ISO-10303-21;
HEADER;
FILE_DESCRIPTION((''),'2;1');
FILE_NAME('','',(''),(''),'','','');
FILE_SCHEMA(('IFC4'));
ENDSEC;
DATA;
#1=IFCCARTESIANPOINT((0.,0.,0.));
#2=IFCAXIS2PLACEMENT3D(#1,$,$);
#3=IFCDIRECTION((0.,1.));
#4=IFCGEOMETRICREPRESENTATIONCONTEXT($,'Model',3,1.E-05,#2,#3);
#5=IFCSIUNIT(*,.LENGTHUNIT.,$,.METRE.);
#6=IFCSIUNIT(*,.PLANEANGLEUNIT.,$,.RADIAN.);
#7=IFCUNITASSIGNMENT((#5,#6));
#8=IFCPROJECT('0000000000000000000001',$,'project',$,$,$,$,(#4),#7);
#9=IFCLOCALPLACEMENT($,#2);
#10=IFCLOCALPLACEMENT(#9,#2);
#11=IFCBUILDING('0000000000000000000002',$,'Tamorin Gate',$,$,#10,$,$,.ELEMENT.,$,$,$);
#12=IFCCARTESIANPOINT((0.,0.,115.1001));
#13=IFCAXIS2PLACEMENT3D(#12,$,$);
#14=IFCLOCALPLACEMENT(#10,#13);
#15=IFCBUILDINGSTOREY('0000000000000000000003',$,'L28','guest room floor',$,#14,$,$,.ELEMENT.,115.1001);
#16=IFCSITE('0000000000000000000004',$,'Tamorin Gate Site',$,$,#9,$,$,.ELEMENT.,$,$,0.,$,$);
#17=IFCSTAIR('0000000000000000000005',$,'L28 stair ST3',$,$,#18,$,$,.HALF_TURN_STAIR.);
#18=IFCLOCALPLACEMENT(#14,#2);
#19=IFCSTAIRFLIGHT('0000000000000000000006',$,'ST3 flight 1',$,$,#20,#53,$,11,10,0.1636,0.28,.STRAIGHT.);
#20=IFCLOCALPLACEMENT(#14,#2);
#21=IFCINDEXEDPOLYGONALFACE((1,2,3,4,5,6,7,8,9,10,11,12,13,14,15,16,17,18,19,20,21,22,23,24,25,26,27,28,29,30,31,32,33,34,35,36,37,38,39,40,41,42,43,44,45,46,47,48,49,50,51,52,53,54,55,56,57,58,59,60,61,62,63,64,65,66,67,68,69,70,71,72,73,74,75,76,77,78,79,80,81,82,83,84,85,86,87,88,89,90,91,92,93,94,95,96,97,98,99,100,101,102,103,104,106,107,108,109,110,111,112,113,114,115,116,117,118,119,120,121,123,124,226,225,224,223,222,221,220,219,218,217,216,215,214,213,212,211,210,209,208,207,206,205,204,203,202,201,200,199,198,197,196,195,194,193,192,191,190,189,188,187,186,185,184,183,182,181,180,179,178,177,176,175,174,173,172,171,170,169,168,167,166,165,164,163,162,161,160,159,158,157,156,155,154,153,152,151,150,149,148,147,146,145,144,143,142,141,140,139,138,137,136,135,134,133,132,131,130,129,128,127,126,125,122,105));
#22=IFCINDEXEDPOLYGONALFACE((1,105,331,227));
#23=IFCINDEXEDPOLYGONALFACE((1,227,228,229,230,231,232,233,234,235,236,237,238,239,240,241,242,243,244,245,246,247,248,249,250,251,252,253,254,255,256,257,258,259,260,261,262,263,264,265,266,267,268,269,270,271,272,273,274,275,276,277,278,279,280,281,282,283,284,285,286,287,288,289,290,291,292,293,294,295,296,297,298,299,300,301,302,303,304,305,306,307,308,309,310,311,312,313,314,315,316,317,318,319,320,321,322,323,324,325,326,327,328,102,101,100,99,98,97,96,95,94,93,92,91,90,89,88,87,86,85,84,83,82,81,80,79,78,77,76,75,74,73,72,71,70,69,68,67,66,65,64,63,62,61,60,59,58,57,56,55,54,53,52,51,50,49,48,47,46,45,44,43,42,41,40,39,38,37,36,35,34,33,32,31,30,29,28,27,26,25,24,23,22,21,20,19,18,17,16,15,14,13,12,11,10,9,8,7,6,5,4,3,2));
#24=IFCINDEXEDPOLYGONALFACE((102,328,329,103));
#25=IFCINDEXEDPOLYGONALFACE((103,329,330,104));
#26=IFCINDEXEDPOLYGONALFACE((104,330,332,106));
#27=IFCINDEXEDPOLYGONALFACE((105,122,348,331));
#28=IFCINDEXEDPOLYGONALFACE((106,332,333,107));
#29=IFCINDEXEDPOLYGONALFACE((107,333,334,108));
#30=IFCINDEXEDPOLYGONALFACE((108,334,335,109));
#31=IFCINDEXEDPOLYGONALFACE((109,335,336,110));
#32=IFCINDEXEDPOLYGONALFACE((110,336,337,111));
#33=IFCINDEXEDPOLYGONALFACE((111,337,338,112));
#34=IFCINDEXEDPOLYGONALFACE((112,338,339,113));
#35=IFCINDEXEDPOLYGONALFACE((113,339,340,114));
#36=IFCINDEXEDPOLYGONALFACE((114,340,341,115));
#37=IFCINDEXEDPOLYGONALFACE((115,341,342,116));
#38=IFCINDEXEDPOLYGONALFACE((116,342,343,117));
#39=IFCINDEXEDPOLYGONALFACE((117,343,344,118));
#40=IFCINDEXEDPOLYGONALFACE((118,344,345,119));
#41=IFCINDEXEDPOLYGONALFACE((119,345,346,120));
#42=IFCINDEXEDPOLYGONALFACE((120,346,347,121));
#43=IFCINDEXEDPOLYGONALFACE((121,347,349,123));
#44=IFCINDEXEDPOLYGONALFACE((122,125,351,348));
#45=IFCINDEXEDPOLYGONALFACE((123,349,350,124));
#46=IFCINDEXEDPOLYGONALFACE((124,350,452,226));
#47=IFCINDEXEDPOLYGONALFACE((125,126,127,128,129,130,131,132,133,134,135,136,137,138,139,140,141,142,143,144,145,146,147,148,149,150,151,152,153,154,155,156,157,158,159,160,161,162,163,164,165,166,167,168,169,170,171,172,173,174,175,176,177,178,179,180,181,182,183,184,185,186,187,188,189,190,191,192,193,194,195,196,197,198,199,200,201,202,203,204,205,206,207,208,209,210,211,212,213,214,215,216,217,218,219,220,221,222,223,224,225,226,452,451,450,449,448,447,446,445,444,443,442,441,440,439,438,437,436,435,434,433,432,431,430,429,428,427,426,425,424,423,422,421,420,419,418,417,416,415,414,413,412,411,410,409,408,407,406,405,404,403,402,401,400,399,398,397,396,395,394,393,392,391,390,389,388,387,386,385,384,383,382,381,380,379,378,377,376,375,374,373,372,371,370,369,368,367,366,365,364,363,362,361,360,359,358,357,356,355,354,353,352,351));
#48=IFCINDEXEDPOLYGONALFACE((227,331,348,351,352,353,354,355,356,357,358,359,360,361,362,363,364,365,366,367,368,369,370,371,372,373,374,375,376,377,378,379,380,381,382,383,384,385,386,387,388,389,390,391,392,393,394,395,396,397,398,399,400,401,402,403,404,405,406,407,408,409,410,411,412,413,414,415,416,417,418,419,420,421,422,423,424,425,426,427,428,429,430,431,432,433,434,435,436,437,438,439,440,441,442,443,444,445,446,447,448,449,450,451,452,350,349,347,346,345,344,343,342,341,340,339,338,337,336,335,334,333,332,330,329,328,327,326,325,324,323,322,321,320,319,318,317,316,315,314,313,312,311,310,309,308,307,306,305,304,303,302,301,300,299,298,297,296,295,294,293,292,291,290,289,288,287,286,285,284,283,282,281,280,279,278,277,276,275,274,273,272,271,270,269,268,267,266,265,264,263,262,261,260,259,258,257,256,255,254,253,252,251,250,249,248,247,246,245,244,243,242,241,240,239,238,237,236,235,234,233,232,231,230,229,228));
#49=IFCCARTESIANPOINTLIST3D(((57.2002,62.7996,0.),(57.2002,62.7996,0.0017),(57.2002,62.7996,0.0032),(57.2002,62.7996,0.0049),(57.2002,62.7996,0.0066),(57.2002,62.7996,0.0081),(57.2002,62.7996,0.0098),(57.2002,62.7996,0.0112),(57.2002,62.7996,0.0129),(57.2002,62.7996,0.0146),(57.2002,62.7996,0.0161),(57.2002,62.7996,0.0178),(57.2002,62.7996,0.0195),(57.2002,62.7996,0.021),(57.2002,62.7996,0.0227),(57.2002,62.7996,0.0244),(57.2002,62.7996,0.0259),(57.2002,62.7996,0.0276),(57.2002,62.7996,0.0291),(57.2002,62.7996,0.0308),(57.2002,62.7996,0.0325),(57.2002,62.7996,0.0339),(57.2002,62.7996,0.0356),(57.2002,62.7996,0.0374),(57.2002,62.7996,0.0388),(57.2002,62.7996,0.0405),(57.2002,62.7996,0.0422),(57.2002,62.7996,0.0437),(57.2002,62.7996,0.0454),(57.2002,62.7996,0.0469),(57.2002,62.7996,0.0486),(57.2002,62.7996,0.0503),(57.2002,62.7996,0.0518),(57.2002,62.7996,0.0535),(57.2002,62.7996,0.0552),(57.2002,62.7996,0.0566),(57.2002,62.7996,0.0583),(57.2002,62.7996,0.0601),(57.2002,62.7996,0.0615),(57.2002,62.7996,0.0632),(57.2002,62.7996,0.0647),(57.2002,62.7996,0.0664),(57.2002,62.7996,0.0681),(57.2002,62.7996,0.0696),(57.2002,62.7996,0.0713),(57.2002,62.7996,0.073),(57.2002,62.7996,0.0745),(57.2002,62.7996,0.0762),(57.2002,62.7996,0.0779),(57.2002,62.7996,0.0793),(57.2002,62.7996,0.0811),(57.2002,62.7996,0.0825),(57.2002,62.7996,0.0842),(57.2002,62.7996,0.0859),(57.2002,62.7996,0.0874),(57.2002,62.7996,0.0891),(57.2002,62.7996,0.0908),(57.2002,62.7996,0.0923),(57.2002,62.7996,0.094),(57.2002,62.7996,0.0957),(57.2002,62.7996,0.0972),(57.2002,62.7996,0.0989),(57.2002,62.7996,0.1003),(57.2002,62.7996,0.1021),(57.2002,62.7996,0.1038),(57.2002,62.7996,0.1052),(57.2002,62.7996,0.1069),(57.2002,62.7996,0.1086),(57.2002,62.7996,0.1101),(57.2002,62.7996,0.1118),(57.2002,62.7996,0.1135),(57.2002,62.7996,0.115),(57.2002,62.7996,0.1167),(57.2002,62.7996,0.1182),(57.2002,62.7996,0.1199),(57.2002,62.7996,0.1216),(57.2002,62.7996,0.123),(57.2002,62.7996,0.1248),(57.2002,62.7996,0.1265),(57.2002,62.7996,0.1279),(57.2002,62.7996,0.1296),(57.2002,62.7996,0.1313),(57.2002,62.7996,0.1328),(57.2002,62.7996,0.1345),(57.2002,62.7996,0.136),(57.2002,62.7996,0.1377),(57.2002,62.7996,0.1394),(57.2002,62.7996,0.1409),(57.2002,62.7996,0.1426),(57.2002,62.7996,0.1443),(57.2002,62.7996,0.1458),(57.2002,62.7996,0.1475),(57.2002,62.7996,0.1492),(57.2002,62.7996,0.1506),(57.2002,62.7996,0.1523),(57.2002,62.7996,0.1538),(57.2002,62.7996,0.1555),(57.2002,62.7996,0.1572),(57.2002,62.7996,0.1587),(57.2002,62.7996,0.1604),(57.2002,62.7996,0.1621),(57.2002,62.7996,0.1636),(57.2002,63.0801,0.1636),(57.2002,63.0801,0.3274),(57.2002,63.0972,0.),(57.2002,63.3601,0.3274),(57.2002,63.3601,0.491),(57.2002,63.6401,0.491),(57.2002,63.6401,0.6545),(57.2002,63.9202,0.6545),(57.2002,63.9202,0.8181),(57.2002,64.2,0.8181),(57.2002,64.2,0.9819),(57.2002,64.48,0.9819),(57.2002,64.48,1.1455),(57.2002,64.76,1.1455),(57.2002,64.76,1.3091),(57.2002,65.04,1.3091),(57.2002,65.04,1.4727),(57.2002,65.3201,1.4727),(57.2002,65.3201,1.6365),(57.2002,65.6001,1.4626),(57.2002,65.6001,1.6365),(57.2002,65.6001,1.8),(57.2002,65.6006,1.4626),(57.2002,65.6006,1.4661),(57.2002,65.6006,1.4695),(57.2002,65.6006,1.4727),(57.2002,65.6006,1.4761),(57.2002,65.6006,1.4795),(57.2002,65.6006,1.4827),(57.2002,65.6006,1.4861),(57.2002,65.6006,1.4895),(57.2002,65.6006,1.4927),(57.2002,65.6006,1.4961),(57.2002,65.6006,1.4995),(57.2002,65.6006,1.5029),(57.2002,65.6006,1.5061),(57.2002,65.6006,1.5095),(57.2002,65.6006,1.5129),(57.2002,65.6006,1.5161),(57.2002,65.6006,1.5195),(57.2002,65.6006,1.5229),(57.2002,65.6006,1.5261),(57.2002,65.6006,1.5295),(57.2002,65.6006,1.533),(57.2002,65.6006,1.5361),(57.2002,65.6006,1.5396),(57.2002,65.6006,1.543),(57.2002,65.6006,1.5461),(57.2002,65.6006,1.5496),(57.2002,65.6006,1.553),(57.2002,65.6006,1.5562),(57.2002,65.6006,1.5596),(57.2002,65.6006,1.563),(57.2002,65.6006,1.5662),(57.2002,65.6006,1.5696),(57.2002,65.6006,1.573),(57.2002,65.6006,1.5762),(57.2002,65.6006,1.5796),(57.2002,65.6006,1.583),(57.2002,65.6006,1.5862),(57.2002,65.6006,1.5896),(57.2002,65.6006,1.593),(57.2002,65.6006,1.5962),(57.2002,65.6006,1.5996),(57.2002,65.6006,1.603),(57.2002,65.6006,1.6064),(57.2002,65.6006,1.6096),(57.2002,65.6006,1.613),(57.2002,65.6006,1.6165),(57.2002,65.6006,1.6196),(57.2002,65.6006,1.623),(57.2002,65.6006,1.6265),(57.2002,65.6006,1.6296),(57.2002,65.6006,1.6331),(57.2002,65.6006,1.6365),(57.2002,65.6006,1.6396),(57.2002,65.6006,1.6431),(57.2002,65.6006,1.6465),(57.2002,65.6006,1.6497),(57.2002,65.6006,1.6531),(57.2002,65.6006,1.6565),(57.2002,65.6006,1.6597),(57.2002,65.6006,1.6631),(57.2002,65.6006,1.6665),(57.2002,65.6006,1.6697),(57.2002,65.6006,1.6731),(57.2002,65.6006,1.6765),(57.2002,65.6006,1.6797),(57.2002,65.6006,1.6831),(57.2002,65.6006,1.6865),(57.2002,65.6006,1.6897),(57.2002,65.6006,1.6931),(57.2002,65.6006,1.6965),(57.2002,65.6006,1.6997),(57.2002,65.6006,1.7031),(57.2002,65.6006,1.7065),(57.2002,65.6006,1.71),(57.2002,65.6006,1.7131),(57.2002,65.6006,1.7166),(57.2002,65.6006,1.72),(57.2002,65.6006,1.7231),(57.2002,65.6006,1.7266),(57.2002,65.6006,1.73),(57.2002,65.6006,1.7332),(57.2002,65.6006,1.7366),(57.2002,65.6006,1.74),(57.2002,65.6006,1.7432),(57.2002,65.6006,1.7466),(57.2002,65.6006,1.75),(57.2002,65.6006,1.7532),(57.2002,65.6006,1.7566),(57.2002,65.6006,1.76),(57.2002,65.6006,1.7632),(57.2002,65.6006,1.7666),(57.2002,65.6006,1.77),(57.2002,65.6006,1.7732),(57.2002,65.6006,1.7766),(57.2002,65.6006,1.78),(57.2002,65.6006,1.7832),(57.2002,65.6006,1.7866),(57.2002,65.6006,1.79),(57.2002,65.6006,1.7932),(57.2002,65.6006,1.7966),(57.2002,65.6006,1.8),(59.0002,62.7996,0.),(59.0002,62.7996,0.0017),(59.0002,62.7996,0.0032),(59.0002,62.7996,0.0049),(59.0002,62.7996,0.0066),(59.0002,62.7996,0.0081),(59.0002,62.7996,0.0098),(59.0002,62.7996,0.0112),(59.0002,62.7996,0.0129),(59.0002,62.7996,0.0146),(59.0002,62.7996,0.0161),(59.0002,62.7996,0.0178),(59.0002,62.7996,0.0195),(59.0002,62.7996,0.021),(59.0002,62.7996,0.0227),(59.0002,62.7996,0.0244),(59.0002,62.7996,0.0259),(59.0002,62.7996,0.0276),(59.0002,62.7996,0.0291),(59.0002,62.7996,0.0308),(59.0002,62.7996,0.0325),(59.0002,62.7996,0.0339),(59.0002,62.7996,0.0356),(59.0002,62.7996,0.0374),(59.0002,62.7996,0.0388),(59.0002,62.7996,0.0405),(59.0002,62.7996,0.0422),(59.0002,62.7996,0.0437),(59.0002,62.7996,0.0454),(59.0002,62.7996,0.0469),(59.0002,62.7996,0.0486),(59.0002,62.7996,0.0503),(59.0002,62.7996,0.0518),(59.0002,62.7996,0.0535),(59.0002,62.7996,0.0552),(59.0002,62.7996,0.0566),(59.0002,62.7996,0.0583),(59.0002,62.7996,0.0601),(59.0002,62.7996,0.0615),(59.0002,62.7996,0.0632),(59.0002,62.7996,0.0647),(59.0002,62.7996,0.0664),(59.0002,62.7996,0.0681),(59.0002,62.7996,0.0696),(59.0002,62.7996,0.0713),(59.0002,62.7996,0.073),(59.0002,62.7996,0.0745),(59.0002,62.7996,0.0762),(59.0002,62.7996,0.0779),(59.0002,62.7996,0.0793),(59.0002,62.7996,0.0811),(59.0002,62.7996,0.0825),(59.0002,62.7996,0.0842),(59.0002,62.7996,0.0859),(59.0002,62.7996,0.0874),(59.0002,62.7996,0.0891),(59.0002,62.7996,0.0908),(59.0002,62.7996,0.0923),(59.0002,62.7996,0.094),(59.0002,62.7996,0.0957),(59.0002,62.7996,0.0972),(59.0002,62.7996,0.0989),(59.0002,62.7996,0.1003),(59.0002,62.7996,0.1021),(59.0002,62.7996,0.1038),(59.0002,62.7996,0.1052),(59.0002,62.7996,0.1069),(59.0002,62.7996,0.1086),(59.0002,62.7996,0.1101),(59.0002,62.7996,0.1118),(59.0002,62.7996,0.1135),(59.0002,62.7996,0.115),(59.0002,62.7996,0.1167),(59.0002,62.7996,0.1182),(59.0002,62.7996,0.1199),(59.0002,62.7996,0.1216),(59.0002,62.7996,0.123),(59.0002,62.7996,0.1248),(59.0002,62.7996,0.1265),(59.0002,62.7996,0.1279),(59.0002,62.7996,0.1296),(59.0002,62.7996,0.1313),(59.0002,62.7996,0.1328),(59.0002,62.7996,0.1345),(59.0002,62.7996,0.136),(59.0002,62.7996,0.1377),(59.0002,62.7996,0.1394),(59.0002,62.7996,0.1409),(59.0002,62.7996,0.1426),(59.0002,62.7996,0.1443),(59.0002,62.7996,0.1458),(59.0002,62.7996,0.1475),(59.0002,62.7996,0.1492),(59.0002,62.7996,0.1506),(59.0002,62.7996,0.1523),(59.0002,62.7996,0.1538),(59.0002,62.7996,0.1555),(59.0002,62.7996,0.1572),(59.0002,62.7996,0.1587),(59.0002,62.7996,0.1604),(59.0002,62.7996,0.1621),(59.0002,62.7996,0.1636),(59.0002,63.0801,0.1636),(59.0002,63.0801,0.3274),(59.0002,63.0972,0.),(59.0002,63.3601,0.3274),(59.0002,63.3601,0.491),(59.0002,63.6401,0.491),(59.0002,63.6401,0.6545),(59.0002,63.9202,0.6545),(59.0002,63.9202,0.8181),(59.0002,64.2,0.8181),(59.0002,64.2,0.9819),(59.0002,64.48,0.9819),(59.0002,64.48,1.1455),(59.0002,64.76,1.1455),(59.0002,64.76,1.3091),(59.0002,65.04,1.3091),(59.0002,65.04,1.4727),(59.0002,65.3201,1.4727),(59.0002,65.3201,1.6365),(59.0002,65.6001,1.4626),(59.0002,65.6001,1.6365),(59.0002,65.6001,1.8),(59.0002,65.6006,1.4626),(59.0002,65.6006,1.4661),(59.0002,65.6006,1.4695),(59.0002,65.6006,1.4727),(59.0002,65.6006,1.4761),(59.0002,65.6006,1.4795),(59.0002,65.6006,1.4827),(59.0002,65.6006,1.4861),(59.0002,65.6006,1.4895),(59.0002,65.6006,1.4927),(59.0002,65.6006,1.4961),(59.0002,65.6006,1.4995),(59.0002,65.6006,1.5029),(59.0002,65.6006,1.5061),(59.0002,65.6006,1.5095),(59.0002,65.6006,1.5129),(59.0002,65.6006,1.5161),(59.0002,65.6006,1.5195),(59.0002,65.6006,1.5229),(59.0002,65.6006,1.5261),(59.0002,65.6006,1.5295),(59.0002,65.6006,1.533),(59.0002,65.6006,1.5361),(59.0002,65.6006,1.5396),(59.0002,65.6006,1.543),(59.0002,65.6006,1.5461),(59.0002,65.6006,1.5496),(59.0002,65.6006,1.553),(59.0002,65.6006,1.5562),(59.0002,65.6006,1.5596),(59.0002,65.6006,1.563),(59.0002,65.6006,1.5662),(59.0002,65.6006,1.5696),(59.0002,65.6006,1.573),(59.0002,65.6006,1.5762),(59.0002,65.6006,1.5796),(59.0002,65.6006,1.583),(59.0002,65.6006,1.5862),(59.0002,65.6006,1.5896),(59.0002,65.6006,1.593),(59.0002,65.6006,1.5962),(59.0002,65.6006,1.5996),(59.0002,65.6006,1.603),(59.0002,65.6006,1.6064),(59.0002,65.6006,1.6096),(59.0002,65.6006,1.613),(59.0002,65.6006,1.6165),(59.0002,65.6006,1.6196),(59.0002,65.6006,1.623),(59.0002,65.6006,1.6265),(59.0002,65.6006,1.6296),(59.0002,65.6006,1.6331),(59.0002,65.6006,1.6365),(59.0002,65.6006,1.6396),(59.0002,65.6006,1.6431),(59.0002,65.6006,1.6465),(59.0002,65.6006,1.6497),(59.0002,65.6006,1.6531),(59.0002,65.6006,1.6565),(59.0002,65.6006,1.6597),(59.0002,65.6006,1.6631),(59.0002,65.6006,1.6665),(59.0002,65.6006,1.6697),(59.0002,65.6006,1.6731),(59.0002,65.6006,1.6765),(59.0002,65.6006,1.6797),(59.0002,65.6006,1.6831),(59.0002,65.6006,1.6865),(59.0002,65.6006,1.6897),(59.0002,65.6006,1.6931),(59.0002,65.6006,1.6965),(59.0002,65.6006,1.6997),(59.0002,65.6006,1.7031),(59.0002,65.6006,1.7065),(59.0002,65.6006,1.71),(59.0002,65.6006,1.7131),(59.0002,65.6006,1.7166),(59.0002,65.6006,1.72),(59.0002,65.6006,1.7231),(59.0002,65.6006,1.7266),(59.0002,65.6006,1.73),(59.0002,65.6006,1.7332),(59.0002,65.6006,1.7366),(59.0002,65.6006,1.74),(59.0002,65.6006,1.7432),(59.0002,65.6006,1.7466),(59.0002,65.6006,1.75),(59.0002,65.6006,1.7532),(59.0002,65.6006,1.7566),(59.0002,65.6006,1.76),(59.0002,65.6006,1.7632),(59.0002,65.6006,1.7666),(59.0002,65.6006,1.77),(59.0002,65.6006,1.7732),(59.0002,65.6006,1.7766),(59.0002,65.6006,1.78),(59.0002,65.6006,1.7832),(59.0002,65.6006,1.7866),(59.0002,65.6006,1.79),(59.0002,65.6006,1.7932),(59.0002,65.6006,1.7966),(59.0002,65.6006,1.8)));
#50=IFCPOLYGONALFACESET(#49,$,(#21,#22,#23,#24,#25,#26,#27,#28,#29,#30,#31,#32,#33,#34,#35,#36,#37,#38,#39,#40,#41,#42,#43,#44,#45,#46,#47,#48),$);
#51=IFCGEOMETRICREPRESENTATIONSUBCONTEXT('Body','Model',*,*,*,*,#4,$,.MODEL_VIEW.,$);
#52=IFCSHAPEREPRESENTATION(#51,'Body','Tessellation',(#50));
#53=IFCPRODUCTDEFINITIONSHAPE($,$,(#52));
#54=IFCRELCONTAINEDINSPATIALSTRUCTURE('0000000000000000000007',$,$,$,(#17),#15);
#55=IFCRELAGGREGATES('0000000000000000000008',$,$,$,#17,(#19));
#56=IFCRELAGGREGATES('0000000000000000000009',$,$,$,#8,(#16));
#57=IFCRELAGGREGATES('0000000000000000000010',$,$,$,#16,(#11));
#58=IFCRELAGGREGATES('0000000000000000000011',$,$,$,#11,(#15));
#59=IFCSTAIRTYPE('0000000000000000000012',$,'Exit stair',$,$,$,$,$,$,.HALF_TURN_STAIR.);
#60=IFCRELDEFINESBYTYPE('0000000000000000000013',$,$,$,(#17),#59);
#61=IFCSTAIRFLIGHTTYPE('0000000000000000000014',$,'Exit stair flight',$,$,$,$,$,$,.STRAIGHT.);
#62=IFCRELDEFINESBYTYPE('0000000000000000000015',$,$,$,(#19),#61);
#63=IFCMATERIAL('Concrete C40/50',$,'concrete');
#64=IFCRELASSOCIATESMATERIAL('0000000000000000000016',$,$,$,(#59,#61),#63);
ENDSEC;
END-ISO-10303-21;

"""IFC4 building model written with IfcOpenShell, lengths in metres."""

from ifc_helpers import new_model, si_unit, direction, frame, origin, place, context, subcontext, project, spatial, polyline, outline, extrude, material, type_object, element, aggregate, save


model = new_model("IFC4")

# Units and contexts
model_context = context("Model", 3, precision=1e-05, world=origin(), true_north=direction((0.0, 1.0)))
body_context = subcontext(model_context, "Body", "Model", "MODEL_VIEW")
ifc_project = project(units=[si_unit("LENGTHUNIT", "METRE"), si_unit("PLANEANGLEUNIT", "RADIAN")], contexts=[model_context])

# Site, building, storey
site_placement = place(None, origin())
site = spatial("IfcSite", under=ifc_project, at=site_placement, Name="Tamorin Gate Site", CompositionType="ELEMENT", RefElevation=0.0)
building_placement = place(site_placement, origin())
building = spatial("IfcBuilding", under=site, at=building_placement, Name="Tamorin Gate", CompositionType="ELEMENT")
storey_placement = place(building_placement, frame((0.0, 0.0, 115.1001)))
storey = spatial("IfcBuildingStorey", under=building, at=storey_placement, Name="L28", Description="guest room floor", CompositionType="ELEMENT", Elevation=115.1001)

# Shared definitions
ifc_material_1 = material(Name="Concrete C40/50", Category="concrete")

# Stair, stair flight
stair_type = type_object("IfcStairType", Name="Exit stair", PredefinedType="HALF_TURN_STAIR", material=ifc_material_1)
stair_placement = place(storey_placement, origin())
stair = element("IfcStair", 1, at=stair_placement, inside=storey, type_object=stair_type, Name="L28 stair ST3", PredefinedType="HALF_TURN_STAIR")
stair_flight_type = type_object("IfcStairFlightType", Name="Exit stair flight", PredefinedType="STRAIGHT", material=ifc_material_1)
stair_flight_1_placement = place(storey_placement, frame((58.1001, 62.8, 0.0), z_axis=(0.0, 0.0, 1.0), x_axis=(0.0, 1.0, 0.0)))
stair_flight_1 = element("IfcStairFlight", 2, at=stair_flight_1_placement, type_object=stair_flight_type, Name="ST3 flight 1", NumberOfRisers=11, NumberOfTreads=10, PredefinedType="STRAIGHT", RiserHeight=0.1636, TreadLength=0.28, context=body_context, shape_type="SweptSolid", body=[
    extrude(outline(polyline([(-0.0005, 0.0), (-0.0005, 0.0017), (-0.0005, 0.0032), (-0.0005, 0.0049), (-0.0005, 0.0066), (-0.0005, 0.0081), (-0.0005, 0.0098), (-0.0005, 0.0112), (-0.0005, 0.0129), (-0.0005, 0.0146), (-0.0005, 0.0161), (-0.0005, 0.0178), (-0.0005, 0.0195), (-0.0005, 0.021), (-0.0005, 0.0227), (-0.0005, 0.0244), (-0.0005, 0.0259), (-0.0005, 0.0276), (-0.0005, 0.0291), (-0.0005, 0.0308), (-0.0005, 0.0325), (-0.0005, 0.0339), (-0.0005, 0.0356), (-0.0005, 0.0374), (-0.0005, 0.0388), (-0.0005, 0.0405), (-0.0005, 0.0422), (-0.0005, 0.0437), (-0.0005, 0.0454), (-0.0005, 0.0469), (-0.0005, 0.0486), (-0.0005, 0.0503), (-0.0005, 0.0518), (-0.0005, 0.0535), (-0.0005, 0.0552), (-0.0005, 0.0566), (-0.0005, 0.0583), (-0.0005, 0.0601), (-0.0005, 0.0615), (-0.0005, 0.0632), (-0.0005, 0.0647), (-0.0005, 0.0664), (-0.0005, 0.0681), (-0.0005, 0.0696), (-0.0005, 0.0713), (-0.0005, 0.073), (-0.0005, 0.0745), (-0.0005, 0.0762), (-0.0005, 0.0779), (-0.0005, 0.0793), (-0.0005, 0.0811), (-0.0005, 0.0825), (-0.0005, 0.0842), (-0.0005, 0.0859), (-0.0005, 0.0874), (-0.0005, 0.0891), (-0.0005, 0.0908), (-0.0005, 0.0923), (-0.0005, 0.094), (-0.0005, 0.0957), (-0.0005, 0.0972), (-0.0005, 0.0989), (-0.0005, 0.1003), (-0.0005, 0.1021), (-0.0005, 0.1038), (-0.0005, 0.1052), (-0.0005, 0.1069), (-0.0005, 0.1086), (-0.0005, 0.1101), (-0.0005, 0.1118), (-0.0005, 0.1135), (-0.0005, 0.115), (-0.0005, 0.1167), (-0.0005, 0.1182), (-0.0005, 0.1199), (-0.0005, 0.1216), (-0.0005, 0.123), (-0.0005, 0.1248), (-0.0005, 0.1265), (-0.0005, 0.1279), (-0.0005, 0.1296), (-0.0005, 0.1313), (-0.0005, 0.1328), (-0.0005, 0.1345), (-0.0005, 0.136), (-0.0005, 0.1377), (-0.0005, 0.1394), (-0.0005, 0.1409), (-0.0005, 0.1426), (-0.0005, 0.1443), (-0.0005, 0.1458), (-0.0005, 0.1475), (-0.0005, 0.1492), (-0.0005, 0.1506), (-0.0005, 0.1523), (-0.0005, 0.1538), (-0.0005, 0.1555), (-0.0005, 0.1572), (-0.0005, 0.1587), (-0.0005, 0.1604), (-0.0005, 0.1621), (-0.0005, 0.1636), (0.28, 0.1636), (0.28, 0.3274), (0.5601, 0.3274), (0.5601, 0.491), (0.8401, 0.491), (0.8401, 0.6545), (1.1201, 0.6545), (1.1201, 0.8181), (1.3999, 0.8181), (1.3999, 0.9819), (1.6799, 0.9819), (1.6799, 1.1455), (1.96, 1.1455), (1.96, 1.3091), (2.24, 1.3091), (2.24, 1.4727), (2.52, 1.4727), (2.52, 1.6365), (2.8, 1.6365), (2.8, 1.8), (2.8005, 1.8), (2.8005, 1.7966), (2.8005, 1.7932), (2.8005, 1.79), (2.8005, 1.7866), (2.8005, 1.7832), (2.8005, 1.78), (2.8005, 1.7766), (2.8005, 1.7732), (2.8005, 1.77), (2.8005, 1.7666), (2.8005, 1.7632), (2.8005, 1.76), (2.8005, 1.7566), (2.8005, 1.7532), (2.8005, 1.75), (2.8005, 1.7466), (2.8005, 1.7432), (2.8005, 1.74), (2.8005, 1.7366), (2.8005, 1.7332), (2.8005, 1.73), (2.8005, 1.7266), (2.8005, 1.7231), (2.8005, 1.72), (2.8005, 1.7166), (2.8005, 1.7131), (2.8005, 1.71), (2.8005, 1.7065), (2.8005, 1.7031), (2.8005, 1.6997), (2.8005, 1.6965), (2.8005, 1.6931), (2.8005, 1.6897), (2.8005, 1.6865), (2.8005, 1.6831), (2.8005, 1.6797), (2.8005, 1.6765), (2.8005, 1.6731), (2.8005, 1.6697), (2.8005, 1.6665), (2.8005, 1.6631), (2.8005, 1.6597), (2.8005, 1.6565), (2.8005, 1.6531), (2.8005, 1.6497), (2.8005, 1.6465), (2.8005, 1.6431), (2.8005, 1.6396), (2.8005, 1.6365), (2.8005, 1.6331), (2.8005, 1.6296), (2.8005, 1.6265), (2.8005, 1.623), (2.8005, 1.6196), (2.8005, 1.6165), (2.8005, 1.613), (2.8005, 1.6096), (2.8005, 1.6064), (2.8005, 1.603), (2.8005, 1.5996), (2.8005, 1.5962), (2.8005, 1.593), (2.8005, 1.5896), (2.8005, 1.5862), (2.8005, 1.583), (2.8005, 1.5796), (2.8005, 1.5762), (2.8005, 1.573), (2.8005, 1.5696), (2.8005, 1.5662), (2.8005, 1.563), (2.8005, 1.5596), (2.8005, 1.5562), (2.8005, 1.553), (2.8005, 1.5496), (2.8005, 1.5461), (2.8005, 1.543), (2.8005, 1.5396), (2.8005, 1.5361), (2.8005, 1.533), (2.8005, 1.5295), (2.8005, 1.5261), (2.8005, 1.5229), (2.8005, 1.5195), (2.8005, 1.5161), (2.8005, 1.5129), (2.8005, 1.5095), (2.8005, 1.5061), (2.8005, 1.5029), (2.8005, 1.4995), (2.8005, 1.4961), (2.8005, 1.4927), (2.8005, 1.4895), (2.8005, 1.4861), (2.8005, 1.4827), (2.8005, 1.4795), (2.8005, 1.4761), (2.8005, 1.4727), (2.8005, 1.4695), (2.8005, 1.4661), (2.8005, 1.4626), (2.8, 1.4626), (0.2971, 0.0), (-0.0005, 0.0)])), frame((0.0, 0.8999, 0.0), z_axis=(0.0, -1.0, 0.0), x_axis=(1.0, 0.0, 0.0)), (0.0, 0.0, 1.0), 1.8),
])
aggregate(stair, [stair_flight_1])

save(model, "model.ifc")
